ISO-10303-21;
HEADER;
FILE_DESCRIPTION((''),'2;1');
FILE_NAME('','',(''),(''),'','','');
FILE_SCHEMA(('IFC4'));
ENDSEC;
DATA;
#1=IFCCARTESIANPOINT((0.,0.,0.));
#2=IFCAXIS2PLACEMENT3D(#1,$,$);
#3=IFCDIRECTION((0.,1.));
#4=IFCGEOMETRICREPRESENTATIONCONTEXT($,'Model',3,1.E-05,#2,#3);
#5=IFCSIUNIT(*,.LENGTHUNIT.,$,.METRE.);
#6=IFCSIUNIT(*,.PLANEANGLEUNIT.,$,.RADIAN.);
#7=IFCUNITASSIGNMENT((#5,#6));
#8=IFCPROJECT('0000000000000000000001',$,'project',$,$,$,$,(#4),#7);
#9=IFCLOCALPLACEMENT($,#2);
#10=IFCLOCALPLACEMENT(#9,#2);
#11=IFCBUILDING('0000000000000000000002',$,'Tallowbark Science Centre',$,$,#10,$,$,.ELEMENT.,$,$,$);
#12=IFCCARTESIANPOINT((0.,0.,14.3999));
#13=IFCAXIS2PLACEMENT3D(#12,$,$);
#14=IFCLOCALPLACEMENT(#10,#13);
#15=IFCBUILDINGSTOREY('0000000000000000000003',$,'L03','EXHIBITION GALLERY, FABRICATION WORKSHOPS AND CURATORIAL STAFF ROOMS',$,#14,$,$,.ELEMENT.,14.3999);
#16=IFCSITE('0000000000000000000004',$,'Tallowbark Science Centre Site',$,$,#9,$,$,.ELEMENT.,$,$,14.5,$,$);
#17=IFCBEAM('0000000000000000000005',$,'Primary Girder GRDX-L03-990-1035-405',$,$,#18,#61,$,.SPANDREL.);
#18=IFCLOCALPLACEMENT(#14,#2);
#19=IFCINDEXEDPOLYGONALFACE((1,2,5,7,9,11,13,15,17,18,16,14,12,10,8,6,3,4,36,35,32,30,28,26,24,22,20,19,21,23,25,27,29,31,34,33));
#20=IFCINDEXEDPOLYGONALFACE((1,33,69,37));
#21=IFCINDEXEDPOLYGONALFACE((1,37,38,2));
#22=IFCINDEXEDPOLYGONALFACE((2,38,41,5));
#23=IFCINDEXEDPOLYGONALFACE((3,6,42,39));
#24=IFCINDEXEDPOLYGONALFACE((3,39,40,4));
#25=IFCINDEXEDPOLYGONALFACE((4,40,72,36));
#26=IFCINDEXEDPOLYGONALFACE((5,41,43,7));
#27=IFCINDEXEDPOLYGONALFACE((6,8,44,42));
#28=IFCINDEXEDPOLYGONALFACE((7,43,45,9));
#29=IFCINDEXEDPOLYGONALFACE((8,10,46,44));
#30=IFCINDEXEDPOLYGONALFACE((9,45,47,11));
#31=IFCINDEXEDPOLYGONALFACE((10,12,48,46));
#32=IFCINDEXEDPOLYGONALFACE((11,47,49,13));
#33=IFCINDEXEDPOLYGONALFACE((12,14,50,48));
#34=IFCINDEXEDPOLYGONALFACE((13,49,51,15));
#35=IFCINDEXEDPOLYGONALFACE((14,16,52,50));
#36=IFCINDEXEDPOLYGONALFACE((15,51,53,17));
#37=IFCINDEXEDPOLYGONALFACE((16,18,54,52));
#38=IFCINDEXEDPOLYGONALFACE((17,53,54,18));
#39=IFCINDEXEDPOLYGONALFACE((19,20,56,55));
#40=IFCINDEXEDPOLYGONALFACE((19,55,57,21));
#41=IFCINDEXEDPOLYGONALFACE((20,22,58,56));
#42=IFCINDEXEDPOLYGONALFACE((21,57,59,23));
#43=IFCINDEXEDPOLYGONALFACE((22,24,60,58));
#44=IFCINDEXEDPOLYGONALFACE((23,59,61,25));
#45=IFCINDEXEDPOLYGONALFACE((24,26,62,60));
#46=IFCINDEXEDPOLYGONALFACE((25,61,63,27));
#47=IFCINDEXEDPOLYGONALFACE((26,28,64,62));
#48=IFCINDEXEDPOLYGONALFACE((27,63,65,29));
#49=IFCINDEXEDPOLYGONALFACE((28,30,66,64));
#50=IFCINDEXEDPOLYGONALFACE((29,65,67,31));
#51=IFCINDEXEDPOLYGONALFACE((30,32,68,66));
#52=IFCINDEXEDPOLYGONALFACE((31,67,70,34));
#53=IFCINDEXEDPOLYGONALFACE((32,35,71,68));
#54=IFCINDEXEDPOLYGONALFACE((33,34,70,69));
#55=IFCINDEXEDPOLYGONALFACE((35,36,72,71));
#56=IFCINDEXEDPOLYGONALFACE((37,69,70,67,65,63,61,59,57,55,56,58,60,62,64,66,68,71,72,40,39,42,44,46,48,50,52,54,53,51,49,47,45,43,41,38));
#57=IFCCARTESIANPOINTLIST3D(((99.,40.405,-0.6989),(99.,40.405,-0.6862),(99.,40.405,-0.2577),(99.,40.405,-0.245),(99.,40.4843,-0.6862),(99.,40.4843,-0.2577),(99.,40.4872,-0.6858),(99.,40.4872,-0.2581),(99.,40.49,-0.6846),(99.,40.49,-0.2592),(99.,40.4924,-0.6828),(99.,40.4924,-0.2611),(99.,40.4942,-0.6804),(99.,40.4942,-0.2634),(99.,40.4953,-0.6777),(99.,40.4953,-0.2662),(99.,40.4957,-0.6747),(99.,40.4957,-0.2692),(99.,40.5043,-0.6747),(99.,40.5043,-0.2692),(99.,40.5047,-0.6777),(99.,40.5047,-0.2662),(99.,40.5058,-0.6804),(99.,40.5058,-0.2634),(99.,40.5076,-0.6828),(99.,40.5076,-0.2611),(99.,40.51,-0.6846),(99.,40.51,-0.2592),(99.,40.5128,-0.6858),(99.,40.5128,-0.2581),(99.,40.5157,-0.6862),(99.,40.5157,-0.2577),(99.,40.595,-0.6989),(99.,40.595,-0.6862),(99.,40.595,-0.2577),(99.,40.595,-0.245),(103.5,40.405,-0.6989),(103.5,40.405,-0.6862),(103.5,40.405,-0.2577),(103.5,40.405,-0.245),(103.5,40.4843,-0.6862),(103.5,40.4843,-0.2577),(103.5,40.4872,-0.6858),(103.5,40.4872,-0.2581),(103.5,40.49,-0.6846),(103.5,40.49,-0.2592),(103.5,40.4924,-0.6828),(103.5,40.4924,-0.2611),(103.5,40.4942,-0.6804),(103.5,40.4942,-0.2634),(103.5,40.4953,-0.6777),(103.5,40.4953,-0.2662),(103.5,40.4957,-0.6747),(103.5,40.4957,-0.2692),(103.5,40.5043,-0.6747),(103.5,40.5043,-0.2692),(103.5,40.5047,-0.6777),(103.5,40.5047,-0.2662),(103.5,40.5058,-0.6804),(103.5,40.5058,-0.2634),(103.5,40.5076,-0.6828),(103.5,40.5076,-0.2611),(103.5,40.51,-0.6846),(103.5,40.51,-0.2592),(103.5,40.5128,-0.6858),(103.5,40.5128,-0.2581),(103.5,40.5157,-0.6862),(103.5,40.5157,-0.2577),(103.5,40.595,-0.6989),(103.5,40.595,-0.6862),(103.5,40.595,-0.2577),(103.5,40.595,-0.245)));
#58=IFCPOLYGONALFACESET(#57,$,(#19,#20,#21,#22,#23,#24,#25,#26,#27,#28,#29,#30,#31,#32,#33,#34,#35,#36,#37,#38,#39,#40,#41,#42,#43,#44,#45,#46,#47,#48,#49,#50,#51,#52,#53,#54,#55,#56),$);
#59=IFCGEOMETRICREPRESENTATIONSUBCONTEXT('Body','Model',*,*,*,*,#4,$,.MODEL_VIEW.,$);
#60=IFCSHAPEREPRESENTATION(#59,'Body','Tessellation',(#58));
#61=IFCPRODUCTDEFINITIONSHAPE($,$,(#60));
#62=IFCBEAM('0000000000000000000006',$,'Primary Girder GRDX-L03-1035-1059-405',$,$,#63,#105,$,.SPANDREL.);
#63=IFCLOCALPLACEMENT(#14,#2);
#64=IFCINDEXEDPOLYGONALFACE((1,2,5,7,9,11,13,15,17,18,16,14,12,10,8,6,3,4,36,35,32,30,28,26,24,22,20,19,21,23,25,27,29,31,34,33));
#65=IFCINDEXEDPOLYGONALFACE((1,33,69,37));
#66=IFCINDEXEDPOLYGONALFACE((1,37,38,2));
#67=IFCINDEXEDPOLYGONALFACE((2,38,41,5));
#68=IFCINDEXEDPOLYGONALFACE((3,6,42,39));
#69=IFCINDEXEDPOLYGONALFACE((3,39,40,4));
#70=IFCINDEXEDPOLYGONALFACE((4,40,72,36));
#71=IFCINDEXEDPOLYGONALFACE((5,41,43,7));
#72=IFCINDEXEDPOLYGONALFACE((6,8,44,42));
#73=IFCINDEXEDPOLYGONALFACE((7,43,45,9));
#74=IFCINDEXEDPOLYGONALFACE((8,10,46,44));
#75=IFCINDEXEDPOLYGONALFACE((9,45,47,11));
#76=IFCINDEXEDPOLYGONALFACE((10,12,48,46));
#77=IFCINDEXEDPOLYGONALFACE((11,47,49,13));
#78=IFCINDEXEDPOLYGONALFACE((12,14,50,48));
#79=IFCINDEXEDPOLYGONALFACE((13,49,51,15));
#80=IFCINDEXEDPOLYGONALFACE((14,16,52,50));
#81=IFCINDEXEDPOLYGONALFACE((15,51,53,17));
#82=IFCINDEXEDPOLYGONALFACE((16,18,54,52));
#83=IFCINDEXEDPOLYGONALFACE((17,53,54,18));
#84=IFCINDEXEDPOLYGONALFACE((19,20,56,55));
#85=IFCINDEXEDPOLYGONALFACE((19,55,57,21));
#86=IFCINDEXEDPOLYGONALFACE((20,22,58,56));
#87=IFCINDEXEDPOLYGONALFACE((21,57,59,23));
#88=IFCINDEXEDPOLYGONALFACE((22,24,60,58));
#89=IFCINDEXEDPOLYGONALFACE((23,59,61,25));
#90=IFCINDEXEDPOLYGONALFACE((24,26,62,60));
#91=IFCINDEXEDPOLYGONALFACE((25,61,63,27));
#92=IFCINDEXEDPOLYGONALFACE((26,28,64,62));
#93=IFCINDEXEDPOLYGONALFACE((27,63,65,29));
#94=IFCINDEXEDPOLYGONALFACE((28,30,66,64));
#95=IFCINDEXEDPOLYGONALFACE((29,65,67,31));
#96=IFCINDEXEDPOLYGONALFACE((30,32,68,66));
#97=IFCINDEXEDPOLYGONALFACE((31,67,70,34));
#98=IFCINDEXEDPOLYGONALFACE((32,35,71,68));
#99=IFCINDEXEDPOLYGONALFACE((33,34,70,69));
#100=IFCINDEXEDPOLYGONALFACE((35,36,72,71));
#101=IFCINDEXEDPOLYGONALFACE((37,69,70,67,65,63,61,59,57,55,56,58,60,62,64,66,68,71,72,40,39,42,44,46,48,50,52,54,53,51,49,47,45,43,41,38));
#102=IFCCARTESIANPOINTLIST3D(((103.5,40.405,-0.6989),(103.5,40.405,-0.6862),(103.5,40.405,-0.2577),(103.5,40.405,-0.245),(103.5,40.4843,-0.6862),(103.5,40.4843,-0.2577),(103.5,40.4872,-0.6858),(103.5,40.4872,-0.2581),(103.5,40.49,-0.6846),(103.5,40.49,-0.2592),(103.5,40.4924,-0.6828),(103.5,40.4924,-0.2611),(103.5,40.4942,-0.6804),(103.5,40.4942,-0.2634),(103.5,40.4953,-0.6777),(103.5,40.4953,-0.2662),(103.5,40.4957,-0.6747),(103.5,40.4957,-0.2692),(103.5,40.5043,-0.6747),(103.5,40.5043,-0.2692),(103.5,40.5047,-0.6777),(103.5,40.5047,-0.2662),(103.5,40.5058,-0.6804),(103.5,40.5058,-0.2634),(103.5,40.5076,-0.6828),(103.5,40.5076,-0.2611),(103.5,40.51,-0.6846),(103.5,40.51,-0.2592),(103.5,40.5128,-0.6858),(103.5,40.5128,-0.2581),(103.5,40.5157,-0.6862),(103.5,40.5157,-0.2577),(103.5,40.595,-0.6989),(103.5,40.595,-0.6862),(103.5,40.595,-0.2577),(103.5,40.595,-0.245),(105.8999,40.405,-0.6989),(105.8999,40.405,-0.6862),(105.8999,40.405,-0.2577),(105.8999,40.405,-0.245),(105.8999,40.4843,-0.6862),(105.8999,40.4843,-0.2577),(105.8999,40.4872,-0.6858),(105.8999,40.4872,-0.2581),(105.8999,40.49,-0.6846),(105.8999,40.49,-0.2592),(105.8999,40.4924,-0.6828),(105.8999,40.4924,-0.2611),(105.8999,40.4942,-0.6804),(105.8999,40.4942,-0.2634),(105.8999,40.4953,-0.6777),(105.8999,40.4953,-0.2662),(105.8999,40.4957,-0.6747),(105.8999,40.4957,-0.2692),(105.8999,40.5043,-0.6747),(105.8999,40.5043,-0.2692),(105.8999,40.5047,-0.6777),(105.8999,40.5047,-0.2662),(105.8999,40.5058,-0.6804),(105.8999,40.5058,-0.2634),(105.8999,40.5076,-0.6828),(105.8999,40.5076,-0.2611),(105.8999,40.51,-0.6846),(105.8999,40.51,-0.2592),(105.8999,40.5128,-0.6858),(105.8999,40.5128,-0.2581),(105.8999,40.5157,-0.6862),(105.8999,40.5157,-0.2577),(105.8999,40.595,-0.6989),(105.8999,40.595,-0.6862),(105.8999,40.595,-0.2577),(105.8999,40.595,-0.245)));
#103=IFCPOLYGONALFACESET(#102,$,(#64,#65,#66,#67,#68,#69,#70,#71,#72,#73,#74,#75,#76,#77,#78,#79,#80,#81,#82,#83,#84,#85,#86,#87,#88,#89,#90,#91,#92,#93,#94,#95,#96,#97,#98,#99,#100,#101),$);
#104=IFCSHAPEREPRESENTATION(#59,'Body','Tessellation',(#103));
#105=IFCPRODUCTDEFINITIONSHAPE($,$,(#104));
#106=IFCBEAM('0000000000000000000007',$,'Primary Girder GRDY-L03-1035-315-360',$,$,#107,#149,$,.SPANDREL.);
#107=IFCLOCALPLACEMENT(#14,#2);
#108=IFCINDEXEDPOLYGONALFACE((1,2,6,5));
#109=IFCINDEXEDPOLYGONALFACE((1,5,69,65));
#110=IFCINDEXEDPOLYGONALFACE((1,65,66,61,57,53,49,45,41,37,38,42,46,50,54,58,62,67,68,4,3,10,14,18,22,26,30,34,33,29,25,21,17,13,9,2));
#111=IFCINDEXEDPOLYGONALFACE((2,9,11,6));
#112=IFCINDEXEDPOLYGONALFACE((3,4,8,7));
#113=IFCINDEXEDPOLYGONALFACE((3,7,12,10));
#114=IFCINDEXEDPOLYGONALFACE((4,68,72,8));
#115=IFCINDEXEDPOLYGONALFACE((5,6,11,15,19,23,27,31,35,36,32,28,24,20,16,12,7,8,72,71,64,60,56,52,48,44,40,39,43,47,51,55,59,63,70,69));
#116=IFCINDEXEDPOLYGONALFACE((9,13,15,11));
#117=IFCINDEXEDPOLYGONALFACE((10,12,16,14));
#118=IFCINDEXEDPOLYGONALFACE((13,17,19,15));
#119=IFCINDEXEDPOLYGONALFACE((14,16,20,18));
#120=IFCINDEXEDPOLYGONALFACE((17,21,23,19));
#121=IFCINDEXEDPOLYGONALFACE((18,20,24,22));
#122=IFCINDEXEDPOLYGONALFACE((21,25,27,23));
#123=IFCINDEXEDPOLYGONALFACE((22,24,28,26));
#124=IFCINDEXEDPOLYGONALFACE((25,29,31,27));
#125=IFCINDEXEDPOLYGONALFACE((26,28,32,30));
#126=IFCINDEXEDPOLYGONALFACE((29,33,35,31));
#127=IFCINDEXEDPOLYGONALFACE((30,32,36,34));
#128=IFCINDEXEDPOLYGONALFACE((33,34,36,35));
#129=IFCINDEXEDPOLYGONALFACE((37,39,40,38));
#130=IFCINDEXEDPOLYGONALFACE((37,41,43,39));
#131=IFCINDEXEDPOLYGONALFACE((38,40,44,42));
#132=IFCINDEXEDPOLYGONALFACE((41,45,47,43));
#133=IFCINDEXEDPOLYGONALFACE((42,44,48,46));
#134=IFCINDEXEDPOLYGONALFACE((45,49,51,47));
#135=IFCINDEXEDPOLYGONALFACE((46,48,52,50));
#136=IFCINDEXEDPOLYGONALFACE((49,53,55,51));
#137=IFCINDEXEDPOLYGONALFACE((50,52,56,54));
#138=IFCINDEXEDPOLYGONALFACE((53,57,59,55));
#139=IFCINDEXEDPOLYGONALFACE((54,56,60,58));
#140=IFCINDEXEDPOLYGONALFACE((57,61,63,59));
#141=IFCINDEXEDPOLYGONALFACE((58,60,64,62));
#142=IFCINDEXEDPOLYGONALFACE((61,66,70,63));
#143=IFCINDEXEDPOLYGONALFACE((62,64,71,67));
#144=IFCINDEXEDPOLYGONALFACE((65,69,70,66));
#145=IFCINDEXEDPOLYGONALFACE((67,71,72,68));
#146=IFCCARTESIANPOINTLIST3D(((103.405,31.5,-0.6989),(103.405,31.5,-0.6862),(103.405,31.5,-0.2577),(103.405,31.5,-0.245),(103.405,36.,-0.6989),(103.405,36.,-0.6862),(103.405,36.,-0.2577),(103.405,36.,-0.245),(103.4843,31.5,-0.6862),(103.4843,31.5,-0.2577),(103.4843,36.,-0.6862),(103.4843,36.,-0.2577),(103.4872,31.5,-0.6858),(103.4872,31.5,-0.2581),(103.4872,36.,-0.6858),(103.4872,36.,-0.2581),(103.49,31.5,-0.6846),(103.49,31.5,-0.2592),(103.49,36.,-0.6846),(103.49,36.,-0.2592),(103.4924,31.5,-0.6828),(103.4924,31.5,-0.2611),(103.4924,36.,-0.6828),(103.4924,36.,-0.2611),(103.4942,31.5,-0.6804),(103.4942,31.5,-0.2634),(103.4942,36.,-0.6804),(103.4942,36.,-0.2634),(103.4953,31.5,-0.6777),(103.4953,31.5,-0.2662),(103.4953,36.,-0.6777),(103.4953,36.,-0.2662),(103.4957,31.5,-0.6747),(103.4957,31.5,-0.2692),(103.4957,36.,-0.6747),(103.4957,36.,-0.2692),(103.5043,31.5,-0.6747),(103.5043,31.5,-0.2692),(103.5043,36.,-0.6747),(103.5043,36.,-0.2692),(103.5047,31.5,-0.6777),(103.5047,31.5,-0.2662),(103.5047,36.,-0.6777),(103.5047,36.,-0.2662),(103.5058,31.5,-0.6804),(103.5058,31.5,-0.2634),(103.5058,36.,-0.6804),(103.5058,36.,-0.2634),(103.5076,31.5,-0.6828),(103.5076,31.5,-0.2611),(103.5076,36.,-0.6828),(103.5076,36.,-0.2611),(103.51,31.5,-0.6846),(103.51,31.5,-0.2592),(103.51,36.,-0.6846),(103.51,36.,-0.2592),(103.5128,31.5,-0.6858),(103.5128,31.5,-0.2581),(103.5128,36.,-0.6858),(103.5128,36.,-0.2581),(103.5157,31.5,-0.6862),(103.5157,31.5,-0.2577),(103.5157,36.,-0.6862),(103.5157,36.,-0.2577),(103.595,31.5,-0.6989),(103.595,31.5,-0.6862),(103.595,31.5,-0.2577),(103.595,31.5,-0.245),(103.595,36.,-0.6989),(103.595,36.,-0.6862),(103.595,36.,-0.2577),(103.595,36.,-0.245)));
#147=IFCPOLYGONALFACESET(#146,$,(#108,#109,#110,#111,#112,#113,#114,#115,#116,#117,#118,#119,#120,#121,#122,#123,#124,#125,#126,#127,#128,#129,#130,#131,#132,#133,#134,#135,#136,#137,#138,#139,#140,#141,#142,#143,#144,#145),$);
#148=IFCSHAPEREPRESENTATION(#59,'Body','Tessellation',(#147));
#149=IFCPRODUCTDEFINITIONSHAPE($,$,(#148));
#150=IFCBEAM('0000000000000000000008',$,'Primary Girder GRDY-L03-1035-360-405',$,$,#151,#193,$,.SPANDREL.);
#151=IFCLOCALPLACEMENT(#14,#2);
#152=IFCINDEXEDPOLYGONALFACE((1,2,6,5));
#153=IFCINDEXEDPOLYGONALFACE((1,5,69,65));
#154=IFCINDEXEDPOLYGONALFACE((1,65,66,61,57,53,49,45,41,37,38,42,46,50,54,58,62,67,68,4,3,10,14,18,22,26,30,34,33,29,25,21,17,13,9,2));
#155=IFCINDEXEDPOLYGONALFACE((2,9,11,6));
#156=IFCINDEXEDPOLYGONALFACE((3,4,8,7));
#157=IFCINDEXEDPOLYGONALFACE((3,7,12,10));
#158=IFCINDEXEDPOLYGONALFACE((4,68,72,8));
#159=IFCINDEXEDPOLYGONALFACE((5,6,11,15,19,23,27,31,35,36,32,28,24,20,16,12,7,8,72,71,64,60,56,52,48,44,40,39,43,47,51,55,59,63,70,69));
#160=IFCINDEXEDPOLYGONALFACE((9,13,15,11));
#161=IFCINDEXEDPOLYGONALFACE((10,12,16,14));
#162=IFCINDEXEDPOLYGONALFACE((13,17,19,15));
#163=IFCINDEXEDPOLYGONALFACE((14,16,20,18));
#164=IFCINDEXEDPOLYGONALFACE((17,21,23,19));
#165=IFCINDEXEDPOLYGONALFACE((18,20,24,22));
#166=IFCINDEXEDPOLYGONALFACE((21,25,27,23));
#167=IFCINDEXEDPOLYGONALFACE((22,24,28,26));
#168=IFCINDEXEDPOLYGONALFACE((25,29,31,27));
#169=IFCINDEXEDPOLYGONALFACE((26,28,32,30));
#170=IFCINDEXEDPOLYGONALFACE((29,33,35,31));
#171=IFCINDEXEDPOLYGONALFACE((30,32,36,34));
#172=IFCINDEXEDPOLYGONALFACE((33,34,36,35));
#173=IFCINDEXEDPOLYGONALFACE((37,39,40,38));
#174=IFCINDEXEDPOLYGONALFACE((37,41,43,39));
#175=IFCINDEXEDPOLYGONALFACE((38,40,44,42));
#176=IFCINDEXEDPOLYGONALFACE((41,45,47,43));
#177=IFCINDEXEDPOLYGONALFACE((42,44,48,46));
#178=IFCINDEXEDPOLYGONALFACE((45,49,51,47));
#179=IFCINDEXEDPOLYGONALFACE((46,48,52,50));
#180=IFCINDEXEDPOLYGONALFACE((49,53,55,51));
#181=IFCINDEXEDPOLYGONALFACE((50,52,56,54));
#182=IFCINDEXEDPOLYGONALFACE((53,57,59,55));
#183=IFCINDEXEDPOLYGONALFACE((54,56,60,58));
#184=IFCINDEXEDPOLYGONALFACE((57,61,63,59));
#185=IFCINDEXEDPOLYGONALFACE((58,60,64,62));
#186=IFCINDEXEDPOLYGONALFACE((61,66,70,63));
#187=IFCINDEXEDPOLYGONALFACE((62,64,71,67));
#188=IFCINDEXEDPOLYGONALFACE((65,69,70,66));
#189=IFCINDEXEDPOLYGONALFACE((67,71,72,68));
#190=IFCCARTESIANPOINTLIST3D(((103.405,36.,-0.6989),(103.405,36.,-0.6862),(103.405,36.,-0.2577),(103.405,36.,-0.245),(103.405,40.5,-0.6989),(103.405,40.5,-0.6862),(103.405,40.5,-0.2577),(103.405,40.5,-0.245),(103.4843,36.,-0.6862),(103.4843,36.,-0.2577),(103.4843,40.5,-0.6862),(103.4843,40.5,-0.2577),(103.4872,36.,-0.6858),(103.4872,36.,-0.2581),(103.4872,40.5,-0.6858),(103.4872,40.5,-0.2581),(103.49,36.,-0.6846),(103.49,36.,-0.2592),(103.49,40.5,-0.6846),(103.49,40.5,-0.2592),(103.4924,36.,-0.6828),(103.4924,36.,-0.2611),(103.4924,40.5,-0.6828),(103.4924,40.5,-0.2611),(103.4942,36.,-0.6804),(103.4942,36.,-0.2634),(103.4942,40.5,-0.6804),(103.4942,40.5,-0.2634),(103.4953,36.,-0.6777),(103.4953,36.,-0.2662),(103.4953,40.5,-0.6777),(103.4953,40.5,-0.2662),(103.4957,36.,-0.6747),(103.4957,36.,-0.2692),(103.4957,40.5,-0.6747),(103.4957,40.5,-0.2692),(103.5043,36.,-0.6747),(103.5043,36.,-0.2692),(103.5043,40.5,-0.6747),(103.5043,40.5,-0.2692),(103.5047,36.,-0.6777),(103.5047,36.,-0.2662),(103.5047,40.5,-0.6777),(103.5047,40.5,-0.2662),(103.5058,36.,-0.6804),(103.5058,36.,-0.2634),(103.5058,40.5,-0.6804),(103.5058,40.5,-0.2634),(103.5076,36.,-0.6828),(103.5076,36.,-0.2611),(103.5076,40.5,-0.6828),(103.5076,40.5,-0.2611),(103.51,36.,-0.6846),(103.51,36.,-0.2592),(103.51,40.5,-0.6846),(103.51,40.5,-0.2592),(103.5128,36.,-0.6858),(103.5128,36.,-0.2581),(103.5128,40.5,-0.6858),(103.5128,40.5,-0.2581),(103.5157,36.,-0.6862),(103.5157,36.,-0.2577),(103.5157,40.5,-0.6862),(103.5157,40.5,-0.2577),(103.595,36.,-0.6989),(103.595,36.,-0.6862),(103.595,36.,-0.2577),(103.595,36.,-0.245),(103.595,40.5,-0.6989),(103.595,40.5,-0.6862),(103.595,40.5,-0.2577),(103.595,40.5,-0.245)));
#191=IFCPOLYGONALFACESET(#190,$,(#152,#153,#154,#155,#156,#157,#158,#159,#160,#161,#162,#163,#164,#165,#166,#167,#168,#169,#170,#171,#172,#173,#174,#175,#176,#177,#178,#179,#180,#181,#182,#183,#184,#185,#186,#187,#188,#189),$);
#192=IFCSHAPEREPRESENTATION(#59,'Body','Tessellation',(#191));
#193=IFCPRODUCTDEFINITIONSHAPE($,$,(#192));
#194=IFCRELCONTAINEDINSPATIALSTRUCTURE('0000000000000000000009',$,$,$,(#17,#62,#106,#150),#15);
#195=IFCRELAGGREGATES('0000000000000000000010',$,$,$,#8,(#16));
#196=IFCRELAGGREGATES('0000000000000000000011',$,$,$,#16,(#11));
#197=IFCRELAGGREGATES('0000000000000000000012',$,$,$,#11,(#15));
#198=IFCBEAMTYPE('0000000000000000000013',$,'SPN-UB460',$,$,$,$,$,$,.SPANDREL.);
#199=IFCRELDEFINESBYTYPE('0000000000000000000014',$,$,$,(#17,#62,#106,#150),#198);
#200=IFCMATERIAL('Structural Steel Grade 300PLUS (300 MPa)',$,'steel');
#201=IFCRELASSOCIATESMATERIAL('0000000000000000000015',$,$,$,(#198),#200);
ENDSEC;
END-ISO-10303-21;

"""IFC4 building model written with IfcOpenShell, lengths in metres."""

from ifc_helpers import new_model, si_unit, direction, frame, origin, origin_2d, place, context, subcontext, project, spatial, i_section, extrude, material, material_profile, profile_set, type_object, element, save


model = new_model("IFC4")

# Units and contexts
model_context = context("Model", 3, precision=1e-05, world=origin(), true_north=direction((0.0, 1.0)))
body_context = subcontext(model_context, "Body", "Model", "MODEL_VIEW")
ifc_project = project(units=[si_unit("LENGTHUNIT", "METRE"), si_unit("PLANEANGLEUNIT", "RADIAN")], contexts=[model_context])

# Site, building, storey
site_placement = place(None, origin())
site = spatial("IfcSite", under=ifc_project, at=site_placement, Name="Tallowbark Science Centre Site", CompositionType="ELEMENT", RefElevation=14.5)
building_placement = place(site_placement, origin())
building = spatial("IfcBuilding", under=site, at=building_placement, Name="Tallowbark Science Centre", CompositionType="ELEMENT")
storey_placement = place(building_placement, frame((0.0, 0.0, 14.3999)))
storey = spatial("IfcBuildingStorey", under=building, at=storey_placement, Name="L03", Description="EXHIBITION GALLERY, FABRICATION WORKSHOPS AND CURATORIAL STAFF ROOMS", CompositionType="ELEMENT", Elevation=14.3999)

# Shared definitions
ifc_material_1 = material(Name="Structural Steel Grade 300PLUS (300 MPa)", Category="steel")

# Beams
ifc_material_profile_1 = material_profile(ifc_material_1, i_section(OverallWidth=0.1899, OverallDepth=0.4539, WebThickness=0.0085, FlangeThickness=0.0127, FilletRadius=0.0115, at=origin_2d()), Name="460UB67.1")
ifc_profile_set_1 = profile_set([ifc_material_profile_1], Name="Structural Steel Grade 300PLUS (300 MPa)")
beam_type_1 = type_object("IfcBeamType", Name="SPN-UB460", PredefinedType="SPANDREL", material=ifc_profile_set_1)
for number, where, z_axis, x_axis, name in (
    (1, (99.0, 40.5, -0.4719), (1.0, 0.0, 0.0), (0.0, 1.0, 0.0), "Primary Girder GRDX-L03-990-1035-405"),
):
    element("IfcBeam", number, at=place(storey_placement, frame(where, z_axis=z_axis, x_axis=x_axis)), inside=storey, type_object=beam_type_1, Name=name, PredefinedType="SPANDREL", context=body_context, shape_type="SweptSolid", body=[
        extrude(i_section(OverallWidth=0.1899, OverallDepth=0.4539, WebThickness=0.0085, FlangeThickness=0.0127, FilletRadius=0.0115, at=origin_2d()), origin(), (0.0, 0.0, 1.0), 4.5),
    ])
beam_1_placement = place(storey_placement, frame((103.5, 40.5, -0.4719), z_axis=(1.0, 0.0, 0.0), x_axis=(0.0, 1.0, 0.0)))
element("IfcBeam", 2, at=beam_1_placement, inside=storey, type_object=beam_type_1, Name="Primary Girder GRDX-L03-1035-1059-405", PredefinedType="SPANDREL", context=body_context, shape_type="SweptSolid", body=[
    extrude(i_section(OverallWidth=0.1899, OverallDepth=0.4539, WebThickness=0.0085, FlangeThickness=0.0127, FilletRadius=0.0115, at=origin_2d()), origin(), (0.0, 0.0, 1.0), 2.3999),
])
for number, where, z_axis, x_axis, name in (
    (3, (103.5, 31.5, -0.4719), (0.0, 1.0, 0.0), (-1.0, 0.0, 0.0), "Primary Girder GRDY-L03-1035-315-360"),
    (4, (103.5, 36.0, -0.4719), (0.0, 1.0, 0.0), (-1.0, 0.0, 0.0), "Primary Girder GRDY-L03-1035-360-405"),
):
    element("IfcBeam", number, at=place(storey_placement, frame(where, z_axis=z_axis, x_axis=x_axis)), inside=storey, type_object=beam_type_1, Name=name, PredefinedType="SPANDREL", context=body_context, shape_type="SweptSolid", body=[
        extrude(i_section(OverallWidth=0.1899, OverallDepth=0.4539, WebThickness=0.0085, FlangeThickness=0.0127, FilletRadius=0.0115, at=origin_2d()), origin(), (0.0, 0.0, 1.0), 4.5),
    ])

save(model, "model.ifc")
